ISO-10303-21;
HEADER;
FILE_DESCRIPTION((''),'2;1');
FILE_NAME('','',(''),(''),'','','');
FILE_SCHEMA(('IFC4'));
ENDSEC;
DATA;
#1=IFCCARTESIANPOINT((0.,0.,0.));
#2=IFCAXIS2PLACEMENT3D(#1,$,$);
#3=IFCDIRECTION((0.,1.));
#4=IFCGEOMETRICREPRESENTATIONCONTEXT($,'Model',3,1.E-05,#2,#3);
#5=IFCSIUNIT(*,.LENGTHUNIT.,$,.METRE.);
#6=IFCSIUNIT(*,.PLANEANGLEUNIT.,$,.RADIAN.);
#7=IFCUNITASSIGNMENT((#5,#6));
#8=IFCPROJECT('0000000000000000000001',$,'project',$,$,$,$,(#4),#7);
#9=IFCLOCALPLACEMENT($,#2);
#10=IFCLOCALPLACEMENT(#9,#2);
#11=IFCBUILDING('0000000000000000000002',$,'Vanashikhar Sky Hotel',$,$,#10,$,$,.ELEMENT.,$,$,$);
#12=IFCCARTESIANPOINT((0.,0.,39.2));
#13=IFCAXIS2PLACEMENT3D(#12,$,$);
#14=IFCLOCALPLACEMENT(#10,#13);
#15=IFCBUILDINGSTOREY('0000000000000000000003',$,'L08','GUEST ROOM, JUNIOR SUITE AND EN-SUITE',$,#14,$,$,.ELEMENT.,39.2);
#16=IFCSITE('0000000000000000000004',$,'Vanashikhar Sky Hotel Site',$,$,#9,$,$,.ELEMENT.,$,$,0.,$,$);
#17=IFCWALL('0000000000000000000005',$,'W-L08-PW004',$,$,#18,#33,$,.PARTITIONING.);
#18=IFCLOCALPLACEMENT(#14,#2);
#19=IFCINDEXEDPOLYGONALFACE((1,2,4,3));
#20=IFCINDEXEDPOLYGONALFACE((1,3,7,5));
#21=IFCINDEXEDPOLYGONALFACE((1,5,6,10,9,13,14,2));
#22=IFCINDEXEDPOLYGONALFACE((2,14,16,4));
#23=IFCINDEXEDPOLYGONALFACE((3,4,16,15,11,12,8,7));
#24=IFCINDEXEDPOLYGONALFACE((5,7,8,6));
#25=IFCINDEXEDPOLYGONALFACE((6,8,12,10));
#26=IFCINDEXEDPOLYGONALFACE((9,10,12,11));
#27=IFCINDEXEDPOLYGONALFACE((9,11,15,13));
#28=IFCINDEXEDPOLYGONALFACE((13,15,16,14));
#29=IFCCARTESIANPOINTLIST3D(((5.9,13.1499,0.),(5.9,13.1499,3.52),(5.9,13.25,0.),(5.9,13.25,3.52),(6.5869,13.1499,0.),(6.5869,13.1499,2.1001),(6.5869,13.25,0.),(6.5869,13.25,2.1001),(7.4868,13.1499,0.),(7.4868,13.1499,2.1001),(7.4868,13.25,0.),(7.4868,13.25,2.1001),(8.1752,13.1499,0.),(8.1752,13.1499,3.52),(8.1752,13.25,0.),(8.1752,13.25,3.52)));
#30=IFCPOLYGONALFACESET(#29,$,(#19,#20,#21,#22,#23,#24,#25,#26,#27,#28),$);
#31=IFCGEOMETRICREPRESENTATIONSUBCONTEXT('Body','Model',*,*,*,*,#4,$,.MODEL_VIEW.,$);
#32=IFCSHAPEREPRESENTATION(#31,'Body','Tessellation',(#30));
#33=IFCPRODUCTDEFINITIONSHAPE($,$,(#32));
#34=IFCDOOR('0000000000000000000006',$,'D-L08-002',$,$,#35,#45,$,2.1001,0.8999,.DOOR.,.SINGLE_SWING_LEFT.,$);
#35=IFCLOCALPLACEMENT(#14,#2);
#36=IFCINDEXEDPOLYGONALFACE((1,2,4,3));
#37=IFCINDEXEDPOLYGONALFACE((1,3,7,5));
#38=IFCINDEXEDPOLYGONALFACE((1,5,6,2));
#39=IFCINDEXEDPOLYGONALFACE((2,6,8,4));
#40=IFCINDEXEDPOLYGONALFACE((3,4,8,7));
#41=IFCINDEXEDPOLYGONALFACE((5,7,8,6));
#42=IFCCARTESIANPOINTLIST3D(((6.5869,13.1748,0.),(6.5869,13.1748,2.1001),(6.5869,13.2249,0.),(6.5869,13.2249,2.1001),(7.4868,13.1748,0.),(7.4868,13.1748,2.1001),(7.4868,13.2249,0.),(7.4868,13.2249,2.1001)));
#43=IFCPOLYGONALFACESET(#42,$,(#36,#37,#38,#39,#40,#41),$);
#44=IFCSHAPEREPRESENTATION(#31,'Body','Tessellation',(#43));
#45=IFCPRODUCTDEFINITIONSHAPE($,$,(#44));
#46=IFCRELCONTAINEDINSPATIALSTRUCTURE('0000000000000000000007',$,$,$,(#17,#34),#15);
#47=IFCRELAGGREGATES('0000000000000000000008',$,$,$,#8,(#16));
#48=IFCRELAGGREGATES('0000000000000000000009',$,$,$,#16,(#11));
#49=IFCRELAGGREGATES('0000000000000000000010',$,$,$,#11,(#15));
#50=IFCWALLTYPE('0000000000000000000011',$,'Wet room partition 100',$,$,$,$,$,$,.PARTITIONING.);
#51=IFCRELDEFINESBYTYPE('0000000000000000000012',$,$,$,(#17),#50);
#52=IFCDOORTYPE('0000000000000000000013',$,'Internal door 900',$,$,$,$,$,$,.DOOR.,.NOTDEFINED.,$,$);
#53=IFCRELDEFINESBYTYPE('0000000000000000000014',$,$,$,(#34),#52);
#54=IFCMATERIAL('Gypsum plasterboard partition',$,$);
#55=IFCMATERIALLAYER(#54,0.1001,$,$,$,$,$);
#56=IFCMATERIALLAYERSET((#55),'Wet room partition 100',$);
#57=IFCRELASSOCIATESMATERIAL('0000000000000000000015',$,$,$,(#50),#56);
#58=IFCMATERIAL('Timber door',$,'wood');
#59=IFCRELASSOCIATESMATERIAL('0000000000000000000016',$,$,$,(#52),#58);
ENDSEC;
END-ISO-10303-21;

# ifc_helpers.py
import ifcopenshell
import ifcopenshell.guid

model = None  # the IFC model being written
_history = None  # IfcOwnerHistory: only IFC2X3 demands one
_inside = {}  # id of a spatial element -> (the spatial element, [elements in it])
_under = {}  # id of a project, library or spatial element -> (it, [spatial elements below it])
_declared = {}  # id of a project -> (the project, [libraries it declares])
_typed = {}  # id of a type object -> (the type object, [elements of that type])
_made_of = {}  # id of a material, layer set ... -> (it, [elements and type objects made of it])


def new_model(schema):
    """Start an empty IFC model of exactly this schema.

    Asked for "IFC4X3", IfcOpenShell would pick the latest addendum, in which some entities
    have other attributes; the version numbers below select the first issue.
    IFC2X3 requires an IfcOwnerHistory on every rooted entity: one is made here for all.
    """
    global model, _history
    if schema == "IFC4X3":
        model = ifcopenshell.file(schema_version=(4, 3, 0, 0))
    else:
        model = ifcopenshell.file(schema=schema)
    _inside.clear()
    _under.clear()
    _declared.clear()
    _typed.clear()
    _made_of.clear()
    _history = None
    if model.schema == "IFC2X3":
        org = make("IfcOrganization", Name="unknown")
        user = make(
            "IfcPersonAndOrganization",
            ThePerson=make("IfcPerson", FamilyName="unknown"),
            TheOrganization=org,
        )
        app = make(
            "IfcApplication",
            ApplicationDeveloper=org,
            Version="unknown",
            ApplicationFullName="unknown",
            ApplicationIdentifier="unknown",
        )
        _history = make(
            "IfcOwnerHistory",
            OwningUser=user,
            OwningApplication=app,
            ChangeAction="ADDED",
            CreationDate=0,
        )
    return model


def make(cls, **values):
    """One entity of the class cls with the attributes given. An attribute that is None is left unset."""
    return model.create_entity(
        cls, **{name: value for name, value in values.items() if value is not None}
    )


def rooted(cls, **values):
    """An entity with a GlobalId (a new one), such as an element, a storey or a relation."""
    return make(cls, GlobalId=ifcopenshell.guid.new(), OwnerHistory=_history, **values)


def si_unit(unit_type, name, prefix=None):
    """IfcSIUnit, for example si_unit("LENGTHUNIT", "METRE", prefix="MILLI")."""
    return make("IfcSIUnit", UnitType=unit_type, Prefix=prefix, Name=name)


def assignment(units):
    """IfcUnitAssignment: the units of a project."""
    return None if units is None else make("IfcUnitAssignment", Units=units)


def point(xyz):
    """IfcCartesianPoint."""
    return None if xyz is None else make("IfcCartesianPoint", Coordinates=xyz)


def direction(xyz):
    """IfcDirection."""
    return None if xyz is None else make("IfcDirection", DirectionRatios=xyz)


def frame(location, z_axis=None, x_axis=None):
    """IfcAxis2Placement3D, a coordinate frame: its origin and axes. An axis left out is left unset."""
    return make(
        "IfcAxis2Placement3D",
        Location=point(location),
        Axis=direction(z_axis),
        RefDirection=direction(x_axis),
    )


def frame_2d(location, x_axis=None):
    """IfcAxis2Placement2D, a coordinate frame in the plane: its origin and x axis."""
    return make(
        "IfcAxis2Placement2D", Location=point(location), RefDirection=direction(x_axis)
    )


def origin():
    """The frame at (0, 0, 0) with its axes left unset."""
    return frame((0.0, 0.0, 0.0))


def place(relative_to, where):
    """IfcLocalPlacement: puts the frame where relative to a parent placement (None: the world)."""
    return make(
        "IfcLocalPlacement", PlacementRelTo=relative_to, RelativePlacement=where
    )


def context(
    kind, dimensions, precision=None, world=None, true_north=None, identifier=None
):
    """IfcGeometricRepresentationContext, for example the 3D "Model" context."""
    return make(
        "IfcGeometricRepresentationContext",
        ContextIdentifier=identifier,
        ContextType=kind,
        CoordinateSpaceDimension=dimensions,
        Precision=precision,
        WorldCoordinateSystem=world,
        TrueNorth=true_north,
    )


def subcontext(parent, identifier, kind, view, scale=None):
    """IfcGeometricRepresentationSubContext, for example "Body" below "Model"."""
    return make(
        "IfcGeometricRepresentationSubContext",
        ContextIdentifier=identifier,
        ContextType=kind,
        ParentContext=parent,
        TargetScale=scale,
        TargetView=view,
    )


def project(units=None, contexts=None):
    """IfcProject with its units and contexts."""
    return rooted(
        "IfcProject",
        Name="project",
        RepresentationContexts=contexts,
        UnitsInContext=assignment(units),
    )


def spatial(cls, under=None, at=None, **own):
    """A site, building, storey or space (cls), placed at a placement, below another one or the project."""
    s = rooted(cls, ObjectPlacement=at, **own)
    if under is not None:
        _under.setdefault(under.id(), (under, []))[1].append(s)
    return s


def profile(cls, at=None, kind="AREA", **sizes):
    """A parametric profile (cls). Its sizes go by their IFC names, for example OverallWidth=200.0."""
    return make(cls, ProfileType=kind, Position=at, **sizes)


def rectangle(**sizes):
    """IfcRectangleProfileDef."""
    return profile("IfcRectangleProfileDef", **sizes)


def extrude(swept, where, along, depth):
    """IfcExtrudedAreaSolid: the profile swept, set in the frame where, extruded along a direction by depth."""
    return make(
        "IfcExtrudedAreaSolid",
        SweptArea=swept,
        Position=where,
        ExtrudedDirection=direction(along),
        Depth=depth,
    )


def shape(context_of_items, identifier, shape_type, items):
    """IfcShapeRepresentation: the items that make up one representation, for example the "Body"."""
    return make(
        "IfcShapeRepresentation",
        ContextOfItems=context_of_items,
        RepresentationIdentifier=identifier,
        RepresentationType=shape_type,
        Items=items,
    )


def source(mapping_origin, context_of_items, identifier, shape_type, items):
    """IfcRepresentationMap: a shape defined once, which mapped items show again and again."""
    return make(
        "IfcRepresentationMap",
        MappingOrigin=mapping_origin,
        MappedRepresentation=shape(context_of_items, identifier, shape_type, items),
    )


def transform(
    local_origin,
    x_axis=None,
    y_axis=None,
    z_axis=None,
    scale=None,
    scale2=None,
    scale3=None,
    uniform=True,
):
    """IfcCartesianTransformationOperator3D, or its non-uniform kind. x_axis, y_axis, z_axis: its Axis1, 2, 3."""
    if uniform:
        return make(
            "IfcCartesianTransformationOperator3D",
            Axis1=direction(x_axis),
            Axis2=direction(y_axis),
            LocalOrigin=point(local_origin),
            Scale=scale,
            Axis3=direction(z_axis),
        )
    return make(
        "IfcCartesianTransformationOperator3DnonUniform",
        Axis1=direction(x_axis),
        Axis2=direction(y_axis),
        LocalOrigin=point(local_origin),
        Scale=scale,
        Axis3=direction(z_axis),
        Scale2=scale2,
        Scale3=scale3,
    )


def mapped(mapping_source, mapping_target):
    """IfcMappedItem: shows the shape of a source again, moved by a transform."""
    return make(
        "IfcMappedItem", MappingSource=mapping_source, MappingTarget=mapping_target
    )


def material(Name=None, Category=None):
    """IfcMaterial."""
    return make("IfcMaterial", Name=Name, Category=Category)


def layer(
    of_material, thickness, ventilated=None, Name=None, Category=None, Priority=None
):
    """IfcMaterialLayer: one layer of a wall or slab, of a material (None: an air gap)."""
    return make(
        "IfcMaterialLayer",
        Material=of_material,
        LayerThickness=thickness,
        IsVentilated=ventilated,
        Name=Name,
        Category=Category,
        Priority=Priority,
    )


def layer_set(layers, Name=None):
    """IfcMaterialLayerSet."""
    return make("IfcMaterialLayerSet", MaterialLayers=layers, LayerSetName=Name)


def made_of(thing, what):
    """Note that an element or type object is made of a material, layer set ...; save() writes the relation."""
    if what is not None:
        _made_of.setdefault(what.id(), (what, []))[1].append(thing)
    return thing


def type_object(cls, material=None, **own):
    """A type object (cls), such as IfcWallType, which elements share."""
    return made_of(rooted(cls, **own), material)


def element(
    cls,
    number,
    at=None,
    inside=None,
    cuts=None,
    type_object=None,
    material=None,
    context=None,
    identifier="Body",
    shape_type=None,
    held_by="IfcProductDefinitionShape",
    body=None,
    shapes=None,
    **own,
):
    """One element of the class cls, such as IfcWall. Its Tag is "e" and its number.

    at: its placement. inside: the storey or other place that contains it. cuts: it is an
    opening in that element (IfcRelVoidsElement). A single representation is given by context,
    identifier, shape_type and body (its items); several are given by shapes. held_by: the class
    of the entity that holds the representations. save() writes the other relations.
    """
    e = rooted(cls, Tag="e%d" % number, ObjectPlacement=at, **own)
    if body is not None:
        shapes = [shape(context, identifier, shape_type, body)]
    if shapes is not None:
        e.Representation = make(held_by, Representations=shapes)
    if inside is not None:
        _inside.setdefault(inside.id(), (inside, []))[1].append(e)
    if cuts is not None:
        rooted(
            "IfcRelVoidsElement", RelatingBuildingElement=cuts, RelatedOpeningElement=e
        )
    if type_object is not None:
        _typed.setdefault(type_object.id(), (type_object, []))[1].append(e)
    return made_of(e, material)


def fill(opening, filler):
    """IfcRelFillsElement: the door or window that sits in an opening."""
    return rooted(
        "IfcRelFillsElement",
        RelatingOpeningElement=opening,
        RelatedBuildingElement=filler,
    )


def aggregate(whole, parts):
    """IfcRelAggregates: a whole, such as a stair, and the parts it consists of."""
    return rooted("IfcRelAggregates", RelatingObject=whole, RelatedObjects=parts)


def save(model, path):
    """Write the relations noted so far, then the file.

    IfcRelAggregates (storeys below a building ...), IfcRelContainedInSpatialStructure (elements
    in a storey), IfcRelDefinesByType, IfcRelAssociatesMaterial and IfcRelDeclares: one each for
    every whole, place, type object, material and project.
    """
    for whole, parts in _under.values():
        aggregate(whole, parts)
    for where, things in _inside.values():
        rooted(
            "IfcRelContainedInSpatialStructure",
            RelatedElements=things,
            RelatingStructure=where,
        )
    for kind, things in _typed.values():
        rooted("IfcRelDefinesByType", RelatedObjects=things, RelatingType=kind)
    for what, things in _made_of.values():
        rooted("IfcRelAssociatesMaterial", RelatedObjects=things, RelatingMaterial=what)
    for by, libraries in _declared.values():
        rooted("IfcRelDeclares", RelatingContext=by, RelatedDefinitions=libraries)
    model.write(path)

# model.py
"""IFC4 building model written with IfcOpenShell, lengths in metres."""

from ifc_helpers import new_model, si_unit, direction, frame, frame_2d, origin, place, context, subcontext, project, spatial, rectangle, extrude, source, transform, mapped, material, layer, layer_set, type_object, element, fill, save


model = new_model("IFC4")

# Units and contexts
model_context = context("Model", 3, precision=1e-05, world=origin(), true_north=direction((0.0, 1.0)))
body_context = subcontext(model_context, "Body", "Model", "MODEL_VIEW")
ifc_project = project(units=[si_unit("LENGTHUNIT", "METRE"), si_unit("PLANEANGLEUNIT", "RADIAN")], contexts=[model_context])

# Site, building, storey
site_placement = place(None, origin())
site = spatial("IfcSite", under=ifc_project, at=site_placement, Name="Vanashikhar Sky Hotel Site", CompositionType="ELEMENT", RefElevation=0.0)
building_placement = place(site_placement, origin())
building = spatial("IfcBuilding", under=site, at=building_placement, Name="Vanashikhar Sky Hotel", CompositionType="ELEMENT")
storey_placement = place(building_placement, frame((0.0, 0.0, 39.2)))
storey = spatial("IfcBuildingStorey", under=building, at=storey_placement, Name="L08", Description="GUEST ROOM, JUNIOR SUITE AND EN-SUITE", CompositionType="ELEMENT", Elevation=39.2)

# Shared definitions
ifc_material_1 = material(Name="Gypsum plasterboard partition")
ifc_layer_1 = layer(ifc_material_1, 0.1001)
ifc_layer_set_1 = layer_set([ifc_layer_1], Name="Wet room partition 100")
wall_type_1 = type_object("IfcWallType", Name="Wet room partition 100", PredefinedType="PARTITIONING", material=ifc_layer_set_1)
shared_shape_1 = source(origin(), body_context, "Body", "SweptSolid", [
    extrude(rectangle(XDim=0.8999, YDim=2.1001, at=frame_2d((0.45, 1.05))), frame((0.0, 0.0601, 0.0), z_axis=(0.0, -1.0, 0.0), x_axis=(1.0, 0.0, 0.0)), (0.0, 0.0, 1.0), 0.1201),
])
ifc_material_2 = material(Name="Timber door", Category="wood")
door_type_1 = type_object("IfcDoorType", Name="Internal door 900", OperationType="NOTDEFINED", PredefinedType="DOOR", material=ifc_material_2)
shared_shape_2 = source(origin(), body_context, "Body", "SweptSolid", [
    extrude(rectangle(XDim=0.8999, YDim=2.1001, at=frame_2d((0.45, 1.05))), frame((0.0, 0.0249, 0.0), z_axis=(0.0, -1.0, 0.0), x_axis=(1.0, 0.0, 0.0)), (0.0, 0.0, 1.0), 0.05),
])

# Wall, opening, door
shared_shape_3 = source(origin(), body_context, "Body", "SweptSolid", [
    extrude(rectangle(XDim=2.2751, YDim=0.1001, at=frame_2d((1.1377, 0.0))), origin(), (0.0, 0.0, 1.0), 3.52),
])
wall_1_placement = place(storey_placement, frame((5.8999, 13.2, 0.0), z_axis=(0.0, 0.0, 1.0), x_axis=(1.0, 0.0, 0.0)))
wall_1 = element("IfcWall", 1, at=wall_1_placement, inside=storey, type_object=wall_type_1, Name="W-L08-PW004", PredefinedType="PARTITIONING", context=body_context, shape_type="MappedRepresentation", body=[
    mapped(shared_shape_3, transform((0.0, 0.0, 0.0), scale=1.0)),
])
opening_1_placement = place(wall_1_placement, frame((0.687, 0.0, 0.0)))
opening_1 = element("IfcOpeningElement", 2, at=opening_1_placement, cuts=wall_1, PredefinedType="OPENING", context=body_context, shape_type="MappedRepresentation", body=[
    mapped(shared_shape_1, transform((0.0, 0.0, 0.0), scale=1.0)),
])
door_1_placement = place(opening_1_placement, origin())
door_1 = element("IfcDoor", 3, at=door_1_placement, inside=storey, type_object=door_type_1, Name="D-L08-002", OperationType="SINGLE_SWING_LEFT", OverallHeight=2.1001, OverallWidth=0.8999, PredefinedType="DOOR", context=body_context, shape_type="MappedRepresentation", body=[
    mapped(shared_shape_2, transform((0.0, 0.0, 0.0), scale=1.0)),
])
fill(opening_1, door_1)

save(model, "model.ifc")
